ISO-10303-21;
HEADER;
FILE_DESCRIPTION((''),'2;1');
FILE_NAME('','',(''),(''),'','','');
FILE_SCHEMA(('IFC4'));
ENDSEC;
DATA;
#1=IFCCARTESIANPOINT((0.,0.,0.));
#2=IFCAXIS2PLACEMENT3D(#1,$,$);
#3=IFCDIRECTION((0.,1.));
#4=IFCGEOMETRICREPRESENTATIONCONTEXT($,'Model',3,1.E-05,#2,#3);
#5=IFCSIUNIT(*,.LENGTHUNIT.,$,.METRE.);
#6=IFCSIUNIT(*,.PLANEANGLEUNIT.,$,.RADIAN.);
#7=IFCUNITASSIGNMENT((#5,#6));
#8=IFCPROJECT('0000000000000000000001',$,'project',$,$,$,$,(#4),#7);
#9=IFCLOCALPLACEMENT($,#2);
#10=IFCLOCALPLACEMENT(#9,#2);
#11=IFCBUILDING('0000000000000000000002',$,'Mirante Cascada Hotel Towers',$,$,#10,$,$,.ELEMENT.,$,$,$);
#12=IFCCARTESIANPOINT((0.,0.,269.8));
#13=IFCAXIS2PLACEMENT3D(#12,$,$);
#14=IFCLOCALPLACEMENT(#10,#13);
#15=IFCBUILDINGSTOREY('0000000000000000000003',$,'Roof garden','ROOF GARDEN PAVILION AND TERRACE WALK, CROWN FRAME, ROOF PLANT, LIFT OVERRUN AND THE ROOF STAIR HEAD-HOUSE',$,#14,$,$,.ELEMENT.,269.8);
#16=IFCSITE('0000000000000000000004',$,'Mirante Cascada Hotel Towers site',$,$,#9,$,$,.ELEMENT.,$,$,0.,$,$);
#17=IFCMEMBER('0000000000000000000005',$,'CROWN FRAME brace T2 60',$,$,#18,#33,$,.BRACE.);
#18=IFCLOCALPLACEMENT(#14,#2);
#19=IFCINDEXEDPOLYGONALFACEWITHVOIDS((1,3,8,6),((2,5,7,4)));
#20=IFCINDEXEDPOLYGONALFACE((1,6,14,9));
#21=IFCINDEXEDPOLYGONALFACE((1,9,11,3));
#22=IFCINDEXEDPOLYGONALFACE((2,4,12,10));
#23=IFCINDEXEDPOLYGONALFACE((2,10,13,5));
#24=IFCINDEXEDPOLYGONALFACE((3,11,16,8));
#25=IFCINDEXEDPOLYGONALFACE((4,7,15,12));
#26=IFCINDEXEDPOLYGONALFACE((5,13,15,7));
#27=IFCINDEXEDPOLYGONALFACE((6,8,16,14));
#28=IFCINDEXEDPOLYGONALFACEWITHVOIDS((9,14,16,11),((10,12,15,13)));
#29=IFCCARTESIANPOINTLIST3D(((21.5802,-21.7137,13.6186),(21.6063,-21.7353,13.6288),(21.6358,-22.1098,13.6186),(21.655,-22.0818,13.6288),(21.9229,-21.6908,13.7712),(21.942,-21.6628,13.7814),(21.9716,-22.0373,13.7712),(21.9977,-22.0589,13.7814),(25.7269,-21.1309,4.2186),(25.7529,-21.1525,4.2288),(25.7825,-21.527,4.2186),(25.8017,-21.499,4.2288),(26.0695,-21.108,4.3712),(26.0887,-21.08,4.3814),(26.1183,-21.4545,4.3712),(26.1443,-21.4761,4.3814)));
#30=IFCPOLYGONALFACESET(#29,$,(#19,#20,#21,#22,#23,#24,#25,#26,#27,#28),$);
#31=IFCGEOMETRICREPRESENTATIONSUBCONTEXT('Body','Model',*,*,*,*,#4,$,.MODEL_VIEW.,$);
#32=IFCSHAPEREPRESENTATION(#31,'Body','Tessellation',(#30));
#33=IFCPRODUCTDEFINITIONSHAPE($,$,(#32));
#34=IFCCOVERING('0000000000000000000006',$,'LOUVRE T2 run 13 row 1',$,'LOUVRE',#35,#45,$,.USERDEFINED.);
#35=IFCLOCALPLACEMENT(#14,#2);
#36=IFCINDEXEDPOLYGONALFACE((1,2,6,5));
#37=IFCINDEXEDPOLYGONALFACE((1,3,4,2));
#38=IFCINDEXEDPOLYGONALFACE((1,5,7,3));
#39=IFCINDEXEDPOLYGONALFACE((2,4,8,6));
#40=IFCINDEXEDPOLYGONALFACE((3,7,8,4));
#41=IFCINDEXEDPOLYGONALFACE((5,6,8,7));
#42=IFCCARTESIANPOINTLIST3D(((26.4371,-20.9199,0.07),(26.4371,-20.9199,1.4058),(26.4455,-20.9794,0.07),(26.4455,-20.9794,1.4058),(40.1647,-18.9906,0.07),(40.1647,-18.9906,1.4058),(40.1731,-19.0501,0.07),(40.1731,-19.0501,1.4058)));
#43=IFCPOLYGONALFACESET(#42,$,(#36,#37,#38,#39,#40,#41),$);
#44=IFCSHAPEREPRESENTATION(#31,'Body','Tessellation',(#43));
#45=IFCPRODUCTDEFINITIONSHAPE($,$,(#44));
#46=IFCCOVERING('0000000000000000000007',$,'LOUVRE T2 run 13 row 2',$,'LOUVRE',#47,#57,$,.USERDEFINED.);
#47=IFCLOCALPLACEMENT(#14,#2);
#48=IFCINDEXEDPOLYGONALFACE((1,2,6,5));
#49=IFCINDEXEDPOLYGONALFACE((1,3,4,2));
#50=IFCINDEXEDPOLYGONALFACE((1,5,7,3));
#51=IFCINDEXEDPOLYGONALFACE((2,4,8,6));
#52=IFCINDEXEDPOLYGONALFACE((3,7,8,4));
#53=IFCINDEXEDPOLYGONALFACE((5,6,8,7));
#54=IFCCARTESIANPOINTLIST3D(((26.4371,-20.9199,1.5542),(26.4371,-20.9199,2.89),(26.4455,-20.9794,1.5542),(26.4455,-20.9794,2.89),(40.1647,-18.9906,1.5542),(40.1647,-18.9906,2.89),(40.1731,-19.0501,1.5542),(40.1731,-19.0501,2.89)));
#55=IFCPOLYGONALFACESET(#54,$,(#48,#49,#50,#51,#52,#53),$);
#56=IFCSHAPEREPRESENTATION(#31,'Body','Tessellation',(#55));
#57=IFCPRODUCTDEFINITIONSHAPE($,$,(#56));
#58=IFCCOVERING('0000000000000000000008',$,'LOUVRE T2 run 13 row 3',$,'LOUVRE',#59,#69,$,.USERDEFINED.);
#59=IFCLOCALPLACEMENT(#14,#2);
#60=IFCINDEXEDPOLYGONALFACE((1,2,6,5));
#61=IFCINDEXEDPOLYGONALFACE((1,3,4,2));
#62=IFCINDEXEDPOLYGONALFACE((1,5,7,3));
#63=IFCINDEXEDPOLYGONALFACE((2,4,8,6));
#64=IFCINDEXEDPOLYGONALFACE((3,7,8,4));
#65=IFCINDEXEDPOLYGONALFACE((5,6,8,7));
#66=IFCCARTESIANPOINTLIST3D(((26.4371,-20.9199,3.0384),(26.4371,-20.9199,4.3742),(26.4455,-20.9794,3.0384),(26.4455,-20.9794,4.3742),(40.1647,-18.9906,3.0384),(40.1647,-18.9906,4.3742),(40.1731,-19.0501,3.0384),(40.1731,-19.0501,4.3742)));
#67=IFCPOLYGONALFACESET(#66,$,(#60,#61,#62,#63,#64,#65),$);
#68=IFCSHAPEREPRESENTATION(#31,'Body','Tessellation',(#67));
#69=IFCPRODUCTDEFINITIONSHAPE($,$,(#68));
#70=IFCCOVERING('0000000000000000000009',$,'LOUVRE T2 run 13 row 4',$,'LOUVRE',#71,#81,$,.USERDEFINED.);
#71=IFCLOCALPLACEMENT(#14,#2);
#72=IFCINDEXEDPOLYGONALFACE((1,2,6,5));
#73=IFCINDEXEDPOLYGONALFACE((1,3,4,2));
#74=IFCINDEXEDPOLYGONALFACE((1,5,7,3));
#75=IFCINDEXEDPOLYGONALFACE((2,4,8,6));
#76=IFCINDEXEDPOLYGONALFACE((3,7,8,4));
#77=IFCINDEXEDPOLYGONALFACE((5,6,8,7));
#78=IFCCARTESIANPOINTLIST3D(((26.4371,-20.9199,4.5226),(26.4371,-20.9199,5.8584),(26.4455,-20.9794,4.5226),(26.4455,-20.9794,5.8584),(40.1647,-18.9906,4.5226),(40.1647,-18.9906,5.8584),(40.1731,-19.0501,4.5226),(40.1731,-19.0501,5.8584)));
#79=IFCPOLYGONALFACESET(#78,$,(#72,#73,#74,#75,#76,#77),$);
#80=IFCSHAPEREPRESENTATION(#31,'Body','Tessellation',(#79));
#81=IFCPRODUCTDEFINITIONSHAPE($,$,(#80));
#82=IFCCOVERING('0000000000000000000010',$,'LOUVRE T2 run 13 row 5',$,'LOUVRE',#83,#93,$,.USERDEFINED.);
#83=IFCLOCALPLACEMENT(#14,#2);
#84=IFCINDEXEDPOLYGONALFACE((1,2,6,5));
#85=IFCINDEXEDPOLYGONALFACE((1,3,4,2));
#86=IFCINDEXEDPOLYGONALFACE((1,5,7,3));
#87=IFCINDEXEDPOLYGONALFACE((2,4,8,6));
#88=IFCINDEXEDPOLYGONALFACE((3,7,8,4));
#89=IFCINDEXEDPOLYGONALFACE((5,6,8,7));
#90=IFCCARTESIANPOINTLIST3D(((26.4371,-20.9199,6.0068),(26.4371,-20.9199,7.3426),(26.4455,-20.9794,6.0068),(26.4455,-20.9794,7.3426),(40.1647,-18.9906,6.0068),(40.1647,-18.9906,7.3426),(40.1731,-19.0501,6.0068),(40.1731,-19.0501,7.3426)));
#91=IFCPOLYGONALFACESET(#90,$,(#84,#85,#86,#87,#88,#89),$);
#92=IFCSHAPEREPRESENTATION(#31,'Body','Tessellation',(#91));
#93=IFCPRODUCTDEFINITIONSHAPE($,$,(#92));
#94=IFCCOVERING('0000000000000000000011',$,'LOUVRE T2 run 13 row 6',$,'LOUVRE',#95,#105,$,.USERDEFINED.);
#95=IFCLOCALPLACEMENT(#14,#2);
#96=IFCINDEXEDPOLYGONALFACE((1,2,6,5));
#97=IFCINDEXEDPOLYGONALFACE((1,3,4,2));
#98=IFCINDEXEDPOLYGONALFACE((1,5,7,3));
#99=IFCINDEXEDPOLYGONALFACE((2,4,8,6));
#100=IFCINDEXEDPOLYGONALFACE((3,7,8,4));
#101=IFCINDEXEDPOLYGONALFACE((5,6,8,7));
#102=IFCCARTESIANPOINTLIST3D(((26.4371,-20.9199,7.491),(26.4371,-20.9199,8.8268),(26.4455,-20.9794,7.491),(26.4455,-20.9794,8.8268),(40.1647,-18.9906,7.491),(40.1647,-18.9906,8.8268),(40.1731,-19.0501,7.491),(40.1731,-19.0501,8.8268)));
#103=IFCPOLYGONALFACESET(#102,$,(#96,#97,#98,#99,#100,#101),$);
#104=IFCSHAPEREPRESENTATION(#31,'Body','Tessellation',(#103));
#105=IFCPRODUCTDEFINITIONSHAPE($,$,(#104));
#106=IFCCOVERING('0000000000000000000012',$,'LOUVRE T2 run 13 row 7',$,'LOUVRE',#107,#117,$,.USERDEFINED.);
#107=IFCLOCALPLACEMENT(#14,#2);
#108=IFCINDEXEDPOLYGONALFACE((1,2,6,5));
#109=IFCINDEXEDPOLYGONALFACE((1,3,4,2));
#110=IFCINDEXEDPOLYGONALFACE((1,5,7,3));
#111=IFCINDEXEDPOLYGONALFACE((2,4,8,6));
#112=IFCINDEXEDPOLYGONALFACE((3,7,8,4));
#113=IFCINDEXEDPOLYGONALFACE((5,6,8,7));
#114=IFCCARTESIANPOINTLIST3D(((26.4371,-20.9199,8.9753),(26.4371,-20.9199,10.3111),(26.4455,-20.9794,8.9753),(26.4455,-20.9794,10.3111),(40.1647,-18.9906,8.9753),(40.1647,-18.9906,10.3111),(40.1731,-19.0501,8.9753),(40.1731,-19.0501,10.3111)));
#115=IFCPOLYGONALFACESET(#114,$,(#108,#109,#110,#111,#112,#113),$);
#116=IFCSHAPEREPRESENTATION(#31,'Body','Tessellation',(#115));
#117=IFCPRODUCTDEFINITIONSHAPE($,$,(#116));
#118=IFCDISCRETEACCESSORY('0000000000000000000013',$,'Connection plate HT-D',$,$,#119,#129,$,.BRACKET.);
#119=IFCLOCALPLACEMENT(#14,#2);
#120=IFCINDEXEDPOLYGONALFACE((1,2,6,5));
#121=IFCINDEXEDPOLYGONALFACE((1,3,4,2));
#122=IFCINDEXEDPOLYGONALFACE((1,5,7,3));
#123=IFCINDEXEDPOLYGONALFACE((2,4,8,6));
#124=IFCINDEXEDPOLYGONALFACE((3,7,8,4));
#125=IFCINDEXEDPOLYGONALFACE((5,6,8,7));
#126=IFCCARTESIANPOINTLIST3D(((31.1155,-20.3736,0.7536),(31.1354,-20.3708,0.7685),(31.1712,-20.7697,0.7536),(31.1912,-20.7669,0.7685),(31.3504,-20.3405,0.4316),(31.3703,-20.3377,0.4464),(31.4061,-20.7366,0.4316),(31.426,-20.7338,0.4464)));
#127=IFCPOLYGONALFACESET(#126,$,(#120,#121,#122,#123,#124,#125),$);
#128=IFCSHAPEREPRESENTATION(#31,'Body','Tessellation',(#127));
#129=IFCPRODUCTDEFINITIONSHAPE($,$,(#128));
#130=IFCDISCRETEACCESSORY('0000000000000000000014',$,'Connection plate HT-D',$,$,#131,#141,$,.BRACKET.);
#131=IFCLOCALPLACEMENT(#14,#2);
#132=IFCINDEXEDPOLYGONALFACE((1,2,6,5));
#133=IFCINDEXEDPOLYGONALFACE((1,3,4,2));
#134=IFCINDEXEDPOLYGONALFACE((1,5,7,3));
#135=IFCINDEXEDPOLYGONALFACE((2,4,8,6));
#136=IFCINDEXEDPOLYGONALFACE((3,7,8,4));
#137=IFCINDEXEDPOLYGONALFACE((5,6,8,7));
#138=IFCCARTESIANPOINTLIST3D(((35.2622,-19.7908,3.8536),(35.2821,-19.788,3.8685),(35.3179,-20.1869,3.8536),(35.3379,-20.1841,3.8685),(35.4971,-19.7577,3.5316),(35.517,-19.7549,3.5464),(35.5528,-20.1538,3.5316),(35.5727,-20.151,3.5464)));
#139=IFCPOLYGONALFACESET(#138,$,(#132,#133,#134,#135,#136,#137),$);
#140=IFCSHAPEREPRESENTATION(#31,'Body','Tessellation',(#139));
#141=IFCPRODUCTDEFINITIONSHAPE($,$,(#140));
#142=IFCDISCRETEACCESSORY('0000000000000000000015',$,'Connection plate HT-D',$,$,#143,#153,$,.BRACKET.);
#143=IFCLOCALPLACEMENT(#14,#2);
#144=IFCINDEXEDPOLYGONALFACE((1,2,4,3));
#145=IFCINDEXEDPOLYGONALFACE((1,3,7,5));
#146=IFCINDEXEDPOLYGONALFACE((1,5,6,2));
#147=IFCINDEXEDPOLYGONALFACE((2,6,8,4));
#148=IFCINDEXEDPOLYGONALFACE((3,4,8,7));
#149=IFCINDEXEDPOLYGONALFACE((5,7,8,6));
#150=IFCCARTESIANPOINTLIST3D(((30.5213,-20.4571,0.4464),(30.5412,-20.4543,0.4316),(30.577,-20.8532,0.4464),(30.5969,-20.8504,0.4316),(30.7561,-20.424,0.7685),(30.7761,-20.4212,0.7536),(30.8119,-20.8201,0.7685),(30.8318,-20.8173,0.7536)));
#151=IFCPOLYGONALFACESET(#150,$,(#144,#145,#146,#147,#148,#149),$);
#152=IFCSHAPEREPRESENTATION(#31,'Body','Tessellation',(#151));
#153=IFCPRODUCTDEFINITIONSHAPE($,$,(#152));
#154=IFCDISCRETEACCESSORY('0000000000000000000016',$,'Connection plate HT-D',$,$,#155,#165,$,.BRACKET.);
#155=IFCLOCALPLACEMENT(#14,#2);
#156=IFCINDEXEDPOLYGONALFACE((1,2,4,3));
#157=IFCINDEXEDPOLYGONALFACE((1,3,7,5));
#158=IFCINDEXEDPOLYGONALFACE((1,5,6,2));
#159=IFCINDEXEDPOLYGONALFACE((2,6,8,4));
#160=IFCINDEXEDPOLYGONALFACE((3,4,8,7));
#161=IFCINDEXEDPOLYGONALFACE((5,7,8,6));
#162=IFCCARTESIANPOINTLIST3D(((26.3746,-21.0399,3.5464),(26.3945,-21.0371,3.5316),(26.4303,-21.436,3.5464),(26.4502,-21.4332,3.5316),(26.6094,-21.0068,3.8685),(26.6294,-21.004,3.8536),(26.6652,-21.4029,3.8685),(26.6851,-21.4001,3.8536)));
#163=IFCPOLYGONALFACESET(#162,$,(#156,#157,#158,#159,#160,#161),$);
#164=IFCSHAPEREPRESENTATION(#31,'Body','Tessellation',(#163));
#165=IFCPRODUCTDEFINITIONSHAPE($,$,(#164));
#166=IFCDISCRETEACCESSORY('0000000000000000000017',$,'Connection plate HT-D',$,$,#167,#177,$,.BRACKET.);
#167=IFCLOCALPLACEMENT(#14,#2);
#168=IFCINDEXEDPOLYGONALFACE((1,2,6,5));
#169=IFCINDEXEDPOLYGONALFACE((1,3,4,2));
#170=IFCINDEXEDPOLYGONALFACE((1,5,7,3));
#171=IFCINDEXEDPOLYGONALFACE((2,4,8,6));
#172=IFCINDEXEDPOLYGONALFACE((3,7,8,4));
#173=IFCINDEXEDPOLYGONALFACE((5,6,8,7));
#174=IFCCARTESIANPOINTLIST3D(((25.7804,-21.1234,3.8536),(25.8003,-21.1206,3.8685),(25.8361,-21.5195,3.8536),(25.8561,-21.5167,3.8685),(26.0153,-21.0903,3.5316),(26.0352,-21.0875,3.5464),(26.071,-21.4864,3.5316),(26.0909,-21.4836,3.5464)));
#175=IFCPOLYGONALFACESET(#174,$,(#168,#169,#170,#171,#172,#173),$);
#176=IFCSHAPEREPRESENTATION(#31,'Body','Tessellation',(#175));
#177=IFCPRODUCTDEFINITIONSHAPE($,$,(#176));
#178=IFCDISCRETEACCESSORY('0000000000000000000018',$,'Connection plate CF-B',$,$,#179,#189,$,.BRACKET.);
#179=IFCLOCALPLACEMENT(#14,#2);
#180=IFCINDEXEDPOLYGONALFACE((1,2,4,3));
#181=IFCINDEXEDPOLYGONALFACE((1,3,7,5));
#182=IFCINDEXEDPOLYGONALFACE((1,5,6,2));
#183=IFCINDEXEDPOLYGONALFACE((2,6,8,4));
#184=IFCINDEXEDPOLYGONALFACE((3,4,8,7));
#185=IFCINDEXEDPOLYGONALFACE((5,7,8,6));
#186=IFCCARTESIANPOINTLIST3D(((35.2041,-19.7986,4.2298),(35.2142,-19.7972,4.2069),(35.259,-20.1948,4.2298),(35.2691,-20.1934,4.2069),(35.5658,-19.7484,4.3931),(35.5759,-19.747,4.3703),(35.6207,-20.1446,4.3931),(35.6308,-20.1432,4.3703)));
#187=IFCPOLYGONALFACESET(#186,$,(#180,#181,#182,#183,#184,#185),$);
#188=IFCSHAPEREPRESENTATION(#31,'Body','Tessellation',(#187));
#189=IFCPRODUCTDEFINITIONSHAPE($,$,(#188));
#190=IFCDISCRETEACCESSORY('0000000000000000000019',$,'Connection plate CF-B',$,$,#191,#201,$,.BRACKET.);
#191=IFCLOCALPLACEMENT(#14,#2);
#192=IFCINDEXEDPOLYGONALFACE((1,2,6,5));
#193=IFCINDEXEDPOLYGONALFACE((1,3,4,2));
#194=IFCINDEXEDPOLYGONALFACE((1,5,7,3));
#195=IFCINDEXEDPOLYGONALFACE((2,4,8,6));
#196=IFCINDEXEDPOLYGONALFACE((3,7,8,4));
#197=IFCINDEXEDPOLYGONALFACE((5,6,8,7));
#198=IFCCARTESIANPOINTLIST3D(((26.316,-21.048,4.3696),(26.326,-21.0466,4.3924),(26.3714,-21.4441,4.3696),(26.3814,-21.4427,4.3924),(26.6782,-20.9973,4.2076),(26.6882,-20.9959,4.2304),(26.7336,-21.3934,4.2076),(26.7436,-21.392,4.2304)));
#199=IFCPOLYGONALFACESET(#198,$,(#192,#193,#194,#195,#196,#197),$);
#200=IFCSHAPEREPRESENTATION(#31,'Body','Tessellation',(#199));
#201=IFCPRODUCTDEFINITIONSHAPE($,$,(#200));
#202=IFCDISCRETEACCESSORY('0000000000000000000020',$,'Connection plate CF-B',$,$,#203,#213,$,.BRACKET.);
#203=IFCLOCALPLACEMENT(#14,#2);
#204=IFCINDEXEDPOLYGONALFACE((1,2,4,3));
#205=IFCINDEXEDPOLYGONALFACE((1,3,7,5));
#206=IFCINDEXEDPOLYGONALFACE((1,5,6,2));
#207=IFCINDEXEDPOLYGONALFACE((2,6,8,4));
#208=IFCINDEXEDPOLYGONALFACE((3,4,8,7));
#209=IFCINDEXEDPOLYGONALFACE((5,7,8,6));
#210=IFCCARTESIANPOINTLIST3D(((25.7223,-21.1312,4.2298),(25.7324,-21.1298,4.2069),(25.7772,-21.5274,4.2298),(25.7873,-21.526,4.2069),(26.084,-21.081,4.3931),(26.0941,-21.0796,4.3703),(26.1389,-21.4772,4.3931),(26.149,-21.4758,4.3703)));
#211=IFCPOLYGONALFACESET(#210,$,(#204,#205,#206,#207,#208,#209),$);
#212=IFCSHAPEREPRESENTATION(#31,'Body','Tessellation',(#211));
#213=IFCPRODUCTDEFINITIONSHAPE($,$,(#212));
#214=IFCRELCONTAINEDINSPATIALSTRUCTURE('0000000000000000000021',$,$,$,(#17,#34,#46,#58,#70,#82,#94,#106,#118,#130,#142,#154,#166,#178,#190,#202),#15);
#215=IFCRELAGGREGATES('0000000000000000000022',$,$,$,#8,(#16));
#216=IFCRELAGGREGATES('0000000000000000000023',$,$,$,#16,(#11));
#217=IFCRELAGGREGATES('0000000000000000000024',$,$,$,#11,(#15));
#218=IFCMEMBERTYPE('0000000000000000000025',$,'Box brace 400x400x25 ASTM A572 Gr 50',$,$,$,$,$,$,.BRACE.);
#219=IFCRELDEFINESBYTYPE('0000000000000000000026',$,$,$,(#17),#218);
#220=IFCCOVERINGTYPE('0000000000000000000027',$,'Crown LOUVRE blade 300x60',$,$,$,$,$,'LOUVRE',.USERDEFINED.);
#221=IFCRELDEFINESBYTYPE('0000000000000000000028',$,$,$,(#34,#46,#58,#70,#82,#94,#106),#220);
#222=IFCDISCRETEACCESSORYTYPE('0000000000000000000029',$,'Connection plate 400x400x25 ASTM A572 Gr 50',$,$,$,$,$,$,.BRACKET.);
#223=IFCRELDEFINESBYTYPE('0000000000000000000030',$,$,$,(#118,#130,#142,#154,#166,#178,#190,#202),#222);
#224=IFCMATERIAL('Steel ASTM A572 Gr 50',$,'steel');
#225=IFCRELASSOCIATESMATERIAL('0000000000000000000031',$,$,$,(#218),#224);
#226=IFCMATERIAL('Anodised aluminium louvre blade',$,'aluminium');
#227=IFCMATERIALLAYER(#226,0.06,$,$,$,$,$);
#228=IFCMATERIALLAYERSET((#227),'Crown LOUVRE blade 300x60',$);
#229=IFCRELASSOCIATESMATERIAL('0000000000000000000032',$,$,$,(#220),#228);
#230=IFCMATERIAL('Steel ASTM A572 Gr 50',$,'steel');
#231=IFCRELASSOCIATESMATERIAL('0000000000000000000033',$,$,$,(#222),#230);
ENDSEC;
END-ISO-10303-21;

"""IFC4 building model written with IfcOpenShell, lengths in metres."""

from ifc_helpers import new_model, si_unit, direction, frame, origin, origin_2d, place, context, subcontext, project, spatial, rectangle, hollow_rectangle, extrude, material, layer, layer_set, material_profile, profile_set, type_object, element, save


model = new_model("IFC4")

# Units and contexts
model_context = context("Model", 3, precision=1e-05, world=origin(), true_north=direction((0.0, 1.0)))
body_context = subcontext(model_context, "Body", "Model", "MODEL_VIEW")
ifc_project = project(units=[si_unit("LENGTHUNIT", "METRE"), si_unit("PLANEANGLEUNIT", "RADIAN")], contexts=[model_context])

# Site, building, storey
site_placement = place(None, origin())
site = spatial("IfcSite", under=ifc_project, at=site_placement, Name="Mirante Cascada Hotel Towers site", CompositionType="ELEMENT", RefElevation=0.0)
building_placement = place(site_placement, origin())
building = spatial("IfcBuilding", under=site, at=building_placement, Name="Mirante Cascada Hotel Towers", CompositionType="ELEMENT")
storey_placement = place(building_placement, frame((0.0, 0.0, 269.8)))
storey = spatial("IfcBuildingStorey", under=building, at=storey_placement, Name="Roof garden", Description="ROOF GARDEN PAVILION AND TERRACE WALK, CROWN FRAME, ROOF PLANT, LIFT OVERRUN AND THE ROOF STAIR HEAD-HOUSE", CompositionType="ELEMENT", Elevation=269.8)

# Member
ifc_material_1 = material(Name="Steel ASTM A572 Gr 50", Category="steel")
ifc_material_profile_1 = material_profile(ifc_material_1, hollow_rectangle(XDim=0.4, YDim=0.4, WallThickness=0.025, at=origin_2d()), Name="Box brace 400x400x25 ASTM A572 Gr 50")
ifc_profile_set_1 = profile_set([ifc_material_profile_1], Name="Steel ASTM A572 Gr 50")
member_type = type_object("IfcMemberType", Name="Box brace 400x400x25 ASTM A572 Gr 50", PredefinedType="BRACE", material=ifc_profile_set_1)
for number, where, z_axis, x_axis, name in (
    (1, (25.9356, -21.3035, 4.3), (-0.402963, -0.056635, 0.913462), (0.139178, -0.990267, 0.0), "CROWN FRAME brace T2 60"),
):
    element("IfcMember", number, at=place(storey_placement, frame(where, z_axis=z_axis, x_axis=x_axis)), inside=storey, type_object=member_type, Name=name, PredefinedType="BRACE", context=body_context, shape_type="SweptSolid", body=[
        extrude(hollow_rectangle(XDim=0.4, YDim=0.4, WallThickness=0.025, at=origin_2d()), origin(), (0.0, 0.0, 1.0), 10.2905),
    ])

# Coverings
ifc_material_2 = material(Name="Anodised aluminium louvre blade", Category="aluminium")
ifc_layer = layer(ifc_material_2, 0.06)
ifc_layer_set = layer_set([ifc_layer], Name="Crown LOUVRE blade 300x60")
covering_type = type_object("IfcCoveringType", Name="Crown LOUVRE blade 300x60", ElementType="LOUVRE", PredefinedType="USERDEFINED", material=ifc_layer_set)
for number, where, z_axis, x_axis, name in (
    (2, (33.3051, -19.985, 0.07), (0.0, 0.0, 1.0), (-0.990268, -0.139173, 0.0), "LOUVRE T2 run 13 row 1"),
    (3, (33.3051, -19.985, 1.5542), (0.0, 0.0, 1.0), (-0.990268, -0.139173, 0.0), "LOUVRE T2 run 13 row 2"),
    (4, (33.3051, -19.985, 3.0384), (0.0, 0.0, 1.0), (-0.990268, -0.139173, 0.0), "LOUVRE T2 run 13 row 3"),
    (5, (33.3051, -19.985, 4.5226), (0.0, 0.0, 1.0), (-0.990268, -0.139173, 0.0), "LOUVRE T2 run 13 row 4"),
    (6, (33.3051, -19.985, 6.0068), (0.0, 0.0, 1.0), (-0.990268, -0.139173, 0.0), "LOUVRE T2 run 13 row 5"),
    (7, (33.3051, -19.985, 7.491), (0.0, 0.0, 1.0), (-0.990268, -0.139173, 0.0), "LOUVRE T2 run 13 row 6"),
    (8, (33.3051, -19.985, 8.9753), (0.0, 0.0, 1.0), (-0.990268, -0.139173, 0.0), "LOUVRE T2 run 13 row 7"),
):
    element("IfcCovering", number, at=place(storey_placement, frame(where, z_axis=z_axis, x_axis=x_axis)), inside=storey, type_object=covering_type, Name=name, ObjectType="LOUVRE", PredefinedType="USERDEFINED", context=body_context, shape_type="SweptSolid", body=[
        extrude(rectangle(XDim=13.8625, YDim=0.06, at=origin_2d()), origin(), (0.0, 0.0, 1.0), 1.3358),
    ])

# Discrete accessories
ifc_material_3 = material(Name="Steel ASTM A572 Gr 50", Category="steel")
ifc_material_profile_2 = material_profile(ifc_material_3, rectangle(XDim=0.4, YDim=0.4, at=origin_2d()), Name="Connection plate 400x400x25 ASTM A572 Gr 50")
ifc_profile_set_2 = profile_set([ifc_material_profile_2], Name="Steel ASTM A572 Gr 50")
discrete_accessory_type = type_object("IfcDiscreteAccessoryType", Name="Connection plate 400x400x25 ASTM A572 Gr 50", PredefinedType="BRACKET", material=ifc_profile_set_2)
for number, where, z_axis, x_axis, name in (
    (9, (31.2608, -20.5551, 0.5926), (0.797347, 0.112189, 0.593002), (-0.139331, 0.990246, 0.0), "Connection plate HT-D"),
    (10, (35.4075, -19.9723, 3.6926), (0.797347, 0.112189, 0.593002), (-0.139331, 0.990246, 0.0), "Connection plate HT-D"),
    (11, (30.6865, -20.6358, 0.5926), (-0.797347, -0.112189, 0.593002), (0.139331, -0.990246, 0.0), "Connection plate HT-D"),
    (12, (26.5398, -21.2186, 3.6926), (-0.797347, -0.112189, 0.593002), (0.139331, -0.990246, 0.0), "Connection plate HT-D"),
    (13, (25.9257, -21.3049, 3.6926), (0.797347, 0.112189, 0.593002), (-0.139331, 0.990246, 0.0), "Connection plate HT-D"),
    (14, (35.4225, -19.9702, 4.2886), (-0.404385, -0.056053, 0.91287), (0.137301, -0.990529, 0.0), "Connection plate CF-B"),
):
    element("IfcDiscreteAccessory", number, at=place(storey_placement, frame(where, z_axis=z_axis, x_axis=x_axis)), inside=storey, type_object=discrete_accessory_type, Name=name, PredefinedType="BRACKET", context=body_context, shape_type="SweptSolid", body=[
        extrude(rectangle(XDim=0.4, YDim=0.4, at=origin_2d()), origin(), (0.0, 0.0, 1.0), 0.025),
    ])
discrete_accessory_1_placement = place(storey_placement, frame((26.5248, -21.2207, 4.2886), z_axis=(0.401028, 0.056144, 0.914344), x_axis=(-0.138648, 0.990342, 0.0)))
element("IfcDiscreteAccessory", 15, at=discrete_accessory_1_placement, inside=storey, type_object=discrete_accessory_type, Name="Connection plate CF-B", PredefinedType="BRACKET", context=body_context, shape_type="SweptSolid", body=[
    extrude(rectangle(XDim=0.4, YDim=0.4, at=origin_2d()), origin(), (0.0, 0.0, 1.0), 0.0249),
])
discrete_accessory_2_placement = place(storey_placement, frame((25.9407, -21.3028, 4.2886), z_axis=(-0.404385, -0.056053, 0.91287), x_axis=(0.137301, -0.990529, 0.0)))
element("IfcDiscreteAccessory", 16, at=discrete_accessory_2_placement, inside=storey, type_object=discrete_accessory_type, Name="Connection plate CF-B", PredefinedType="BRACKET", context=body_context, shape_type="SweptSolid", body=[
    extrude(rectangle(XDim=0.4, YDim=0.4, at=origin_2d()), origin(), (0.0, 0.0, 1.0), 0.025),
])

save(model, "model.ifc")
